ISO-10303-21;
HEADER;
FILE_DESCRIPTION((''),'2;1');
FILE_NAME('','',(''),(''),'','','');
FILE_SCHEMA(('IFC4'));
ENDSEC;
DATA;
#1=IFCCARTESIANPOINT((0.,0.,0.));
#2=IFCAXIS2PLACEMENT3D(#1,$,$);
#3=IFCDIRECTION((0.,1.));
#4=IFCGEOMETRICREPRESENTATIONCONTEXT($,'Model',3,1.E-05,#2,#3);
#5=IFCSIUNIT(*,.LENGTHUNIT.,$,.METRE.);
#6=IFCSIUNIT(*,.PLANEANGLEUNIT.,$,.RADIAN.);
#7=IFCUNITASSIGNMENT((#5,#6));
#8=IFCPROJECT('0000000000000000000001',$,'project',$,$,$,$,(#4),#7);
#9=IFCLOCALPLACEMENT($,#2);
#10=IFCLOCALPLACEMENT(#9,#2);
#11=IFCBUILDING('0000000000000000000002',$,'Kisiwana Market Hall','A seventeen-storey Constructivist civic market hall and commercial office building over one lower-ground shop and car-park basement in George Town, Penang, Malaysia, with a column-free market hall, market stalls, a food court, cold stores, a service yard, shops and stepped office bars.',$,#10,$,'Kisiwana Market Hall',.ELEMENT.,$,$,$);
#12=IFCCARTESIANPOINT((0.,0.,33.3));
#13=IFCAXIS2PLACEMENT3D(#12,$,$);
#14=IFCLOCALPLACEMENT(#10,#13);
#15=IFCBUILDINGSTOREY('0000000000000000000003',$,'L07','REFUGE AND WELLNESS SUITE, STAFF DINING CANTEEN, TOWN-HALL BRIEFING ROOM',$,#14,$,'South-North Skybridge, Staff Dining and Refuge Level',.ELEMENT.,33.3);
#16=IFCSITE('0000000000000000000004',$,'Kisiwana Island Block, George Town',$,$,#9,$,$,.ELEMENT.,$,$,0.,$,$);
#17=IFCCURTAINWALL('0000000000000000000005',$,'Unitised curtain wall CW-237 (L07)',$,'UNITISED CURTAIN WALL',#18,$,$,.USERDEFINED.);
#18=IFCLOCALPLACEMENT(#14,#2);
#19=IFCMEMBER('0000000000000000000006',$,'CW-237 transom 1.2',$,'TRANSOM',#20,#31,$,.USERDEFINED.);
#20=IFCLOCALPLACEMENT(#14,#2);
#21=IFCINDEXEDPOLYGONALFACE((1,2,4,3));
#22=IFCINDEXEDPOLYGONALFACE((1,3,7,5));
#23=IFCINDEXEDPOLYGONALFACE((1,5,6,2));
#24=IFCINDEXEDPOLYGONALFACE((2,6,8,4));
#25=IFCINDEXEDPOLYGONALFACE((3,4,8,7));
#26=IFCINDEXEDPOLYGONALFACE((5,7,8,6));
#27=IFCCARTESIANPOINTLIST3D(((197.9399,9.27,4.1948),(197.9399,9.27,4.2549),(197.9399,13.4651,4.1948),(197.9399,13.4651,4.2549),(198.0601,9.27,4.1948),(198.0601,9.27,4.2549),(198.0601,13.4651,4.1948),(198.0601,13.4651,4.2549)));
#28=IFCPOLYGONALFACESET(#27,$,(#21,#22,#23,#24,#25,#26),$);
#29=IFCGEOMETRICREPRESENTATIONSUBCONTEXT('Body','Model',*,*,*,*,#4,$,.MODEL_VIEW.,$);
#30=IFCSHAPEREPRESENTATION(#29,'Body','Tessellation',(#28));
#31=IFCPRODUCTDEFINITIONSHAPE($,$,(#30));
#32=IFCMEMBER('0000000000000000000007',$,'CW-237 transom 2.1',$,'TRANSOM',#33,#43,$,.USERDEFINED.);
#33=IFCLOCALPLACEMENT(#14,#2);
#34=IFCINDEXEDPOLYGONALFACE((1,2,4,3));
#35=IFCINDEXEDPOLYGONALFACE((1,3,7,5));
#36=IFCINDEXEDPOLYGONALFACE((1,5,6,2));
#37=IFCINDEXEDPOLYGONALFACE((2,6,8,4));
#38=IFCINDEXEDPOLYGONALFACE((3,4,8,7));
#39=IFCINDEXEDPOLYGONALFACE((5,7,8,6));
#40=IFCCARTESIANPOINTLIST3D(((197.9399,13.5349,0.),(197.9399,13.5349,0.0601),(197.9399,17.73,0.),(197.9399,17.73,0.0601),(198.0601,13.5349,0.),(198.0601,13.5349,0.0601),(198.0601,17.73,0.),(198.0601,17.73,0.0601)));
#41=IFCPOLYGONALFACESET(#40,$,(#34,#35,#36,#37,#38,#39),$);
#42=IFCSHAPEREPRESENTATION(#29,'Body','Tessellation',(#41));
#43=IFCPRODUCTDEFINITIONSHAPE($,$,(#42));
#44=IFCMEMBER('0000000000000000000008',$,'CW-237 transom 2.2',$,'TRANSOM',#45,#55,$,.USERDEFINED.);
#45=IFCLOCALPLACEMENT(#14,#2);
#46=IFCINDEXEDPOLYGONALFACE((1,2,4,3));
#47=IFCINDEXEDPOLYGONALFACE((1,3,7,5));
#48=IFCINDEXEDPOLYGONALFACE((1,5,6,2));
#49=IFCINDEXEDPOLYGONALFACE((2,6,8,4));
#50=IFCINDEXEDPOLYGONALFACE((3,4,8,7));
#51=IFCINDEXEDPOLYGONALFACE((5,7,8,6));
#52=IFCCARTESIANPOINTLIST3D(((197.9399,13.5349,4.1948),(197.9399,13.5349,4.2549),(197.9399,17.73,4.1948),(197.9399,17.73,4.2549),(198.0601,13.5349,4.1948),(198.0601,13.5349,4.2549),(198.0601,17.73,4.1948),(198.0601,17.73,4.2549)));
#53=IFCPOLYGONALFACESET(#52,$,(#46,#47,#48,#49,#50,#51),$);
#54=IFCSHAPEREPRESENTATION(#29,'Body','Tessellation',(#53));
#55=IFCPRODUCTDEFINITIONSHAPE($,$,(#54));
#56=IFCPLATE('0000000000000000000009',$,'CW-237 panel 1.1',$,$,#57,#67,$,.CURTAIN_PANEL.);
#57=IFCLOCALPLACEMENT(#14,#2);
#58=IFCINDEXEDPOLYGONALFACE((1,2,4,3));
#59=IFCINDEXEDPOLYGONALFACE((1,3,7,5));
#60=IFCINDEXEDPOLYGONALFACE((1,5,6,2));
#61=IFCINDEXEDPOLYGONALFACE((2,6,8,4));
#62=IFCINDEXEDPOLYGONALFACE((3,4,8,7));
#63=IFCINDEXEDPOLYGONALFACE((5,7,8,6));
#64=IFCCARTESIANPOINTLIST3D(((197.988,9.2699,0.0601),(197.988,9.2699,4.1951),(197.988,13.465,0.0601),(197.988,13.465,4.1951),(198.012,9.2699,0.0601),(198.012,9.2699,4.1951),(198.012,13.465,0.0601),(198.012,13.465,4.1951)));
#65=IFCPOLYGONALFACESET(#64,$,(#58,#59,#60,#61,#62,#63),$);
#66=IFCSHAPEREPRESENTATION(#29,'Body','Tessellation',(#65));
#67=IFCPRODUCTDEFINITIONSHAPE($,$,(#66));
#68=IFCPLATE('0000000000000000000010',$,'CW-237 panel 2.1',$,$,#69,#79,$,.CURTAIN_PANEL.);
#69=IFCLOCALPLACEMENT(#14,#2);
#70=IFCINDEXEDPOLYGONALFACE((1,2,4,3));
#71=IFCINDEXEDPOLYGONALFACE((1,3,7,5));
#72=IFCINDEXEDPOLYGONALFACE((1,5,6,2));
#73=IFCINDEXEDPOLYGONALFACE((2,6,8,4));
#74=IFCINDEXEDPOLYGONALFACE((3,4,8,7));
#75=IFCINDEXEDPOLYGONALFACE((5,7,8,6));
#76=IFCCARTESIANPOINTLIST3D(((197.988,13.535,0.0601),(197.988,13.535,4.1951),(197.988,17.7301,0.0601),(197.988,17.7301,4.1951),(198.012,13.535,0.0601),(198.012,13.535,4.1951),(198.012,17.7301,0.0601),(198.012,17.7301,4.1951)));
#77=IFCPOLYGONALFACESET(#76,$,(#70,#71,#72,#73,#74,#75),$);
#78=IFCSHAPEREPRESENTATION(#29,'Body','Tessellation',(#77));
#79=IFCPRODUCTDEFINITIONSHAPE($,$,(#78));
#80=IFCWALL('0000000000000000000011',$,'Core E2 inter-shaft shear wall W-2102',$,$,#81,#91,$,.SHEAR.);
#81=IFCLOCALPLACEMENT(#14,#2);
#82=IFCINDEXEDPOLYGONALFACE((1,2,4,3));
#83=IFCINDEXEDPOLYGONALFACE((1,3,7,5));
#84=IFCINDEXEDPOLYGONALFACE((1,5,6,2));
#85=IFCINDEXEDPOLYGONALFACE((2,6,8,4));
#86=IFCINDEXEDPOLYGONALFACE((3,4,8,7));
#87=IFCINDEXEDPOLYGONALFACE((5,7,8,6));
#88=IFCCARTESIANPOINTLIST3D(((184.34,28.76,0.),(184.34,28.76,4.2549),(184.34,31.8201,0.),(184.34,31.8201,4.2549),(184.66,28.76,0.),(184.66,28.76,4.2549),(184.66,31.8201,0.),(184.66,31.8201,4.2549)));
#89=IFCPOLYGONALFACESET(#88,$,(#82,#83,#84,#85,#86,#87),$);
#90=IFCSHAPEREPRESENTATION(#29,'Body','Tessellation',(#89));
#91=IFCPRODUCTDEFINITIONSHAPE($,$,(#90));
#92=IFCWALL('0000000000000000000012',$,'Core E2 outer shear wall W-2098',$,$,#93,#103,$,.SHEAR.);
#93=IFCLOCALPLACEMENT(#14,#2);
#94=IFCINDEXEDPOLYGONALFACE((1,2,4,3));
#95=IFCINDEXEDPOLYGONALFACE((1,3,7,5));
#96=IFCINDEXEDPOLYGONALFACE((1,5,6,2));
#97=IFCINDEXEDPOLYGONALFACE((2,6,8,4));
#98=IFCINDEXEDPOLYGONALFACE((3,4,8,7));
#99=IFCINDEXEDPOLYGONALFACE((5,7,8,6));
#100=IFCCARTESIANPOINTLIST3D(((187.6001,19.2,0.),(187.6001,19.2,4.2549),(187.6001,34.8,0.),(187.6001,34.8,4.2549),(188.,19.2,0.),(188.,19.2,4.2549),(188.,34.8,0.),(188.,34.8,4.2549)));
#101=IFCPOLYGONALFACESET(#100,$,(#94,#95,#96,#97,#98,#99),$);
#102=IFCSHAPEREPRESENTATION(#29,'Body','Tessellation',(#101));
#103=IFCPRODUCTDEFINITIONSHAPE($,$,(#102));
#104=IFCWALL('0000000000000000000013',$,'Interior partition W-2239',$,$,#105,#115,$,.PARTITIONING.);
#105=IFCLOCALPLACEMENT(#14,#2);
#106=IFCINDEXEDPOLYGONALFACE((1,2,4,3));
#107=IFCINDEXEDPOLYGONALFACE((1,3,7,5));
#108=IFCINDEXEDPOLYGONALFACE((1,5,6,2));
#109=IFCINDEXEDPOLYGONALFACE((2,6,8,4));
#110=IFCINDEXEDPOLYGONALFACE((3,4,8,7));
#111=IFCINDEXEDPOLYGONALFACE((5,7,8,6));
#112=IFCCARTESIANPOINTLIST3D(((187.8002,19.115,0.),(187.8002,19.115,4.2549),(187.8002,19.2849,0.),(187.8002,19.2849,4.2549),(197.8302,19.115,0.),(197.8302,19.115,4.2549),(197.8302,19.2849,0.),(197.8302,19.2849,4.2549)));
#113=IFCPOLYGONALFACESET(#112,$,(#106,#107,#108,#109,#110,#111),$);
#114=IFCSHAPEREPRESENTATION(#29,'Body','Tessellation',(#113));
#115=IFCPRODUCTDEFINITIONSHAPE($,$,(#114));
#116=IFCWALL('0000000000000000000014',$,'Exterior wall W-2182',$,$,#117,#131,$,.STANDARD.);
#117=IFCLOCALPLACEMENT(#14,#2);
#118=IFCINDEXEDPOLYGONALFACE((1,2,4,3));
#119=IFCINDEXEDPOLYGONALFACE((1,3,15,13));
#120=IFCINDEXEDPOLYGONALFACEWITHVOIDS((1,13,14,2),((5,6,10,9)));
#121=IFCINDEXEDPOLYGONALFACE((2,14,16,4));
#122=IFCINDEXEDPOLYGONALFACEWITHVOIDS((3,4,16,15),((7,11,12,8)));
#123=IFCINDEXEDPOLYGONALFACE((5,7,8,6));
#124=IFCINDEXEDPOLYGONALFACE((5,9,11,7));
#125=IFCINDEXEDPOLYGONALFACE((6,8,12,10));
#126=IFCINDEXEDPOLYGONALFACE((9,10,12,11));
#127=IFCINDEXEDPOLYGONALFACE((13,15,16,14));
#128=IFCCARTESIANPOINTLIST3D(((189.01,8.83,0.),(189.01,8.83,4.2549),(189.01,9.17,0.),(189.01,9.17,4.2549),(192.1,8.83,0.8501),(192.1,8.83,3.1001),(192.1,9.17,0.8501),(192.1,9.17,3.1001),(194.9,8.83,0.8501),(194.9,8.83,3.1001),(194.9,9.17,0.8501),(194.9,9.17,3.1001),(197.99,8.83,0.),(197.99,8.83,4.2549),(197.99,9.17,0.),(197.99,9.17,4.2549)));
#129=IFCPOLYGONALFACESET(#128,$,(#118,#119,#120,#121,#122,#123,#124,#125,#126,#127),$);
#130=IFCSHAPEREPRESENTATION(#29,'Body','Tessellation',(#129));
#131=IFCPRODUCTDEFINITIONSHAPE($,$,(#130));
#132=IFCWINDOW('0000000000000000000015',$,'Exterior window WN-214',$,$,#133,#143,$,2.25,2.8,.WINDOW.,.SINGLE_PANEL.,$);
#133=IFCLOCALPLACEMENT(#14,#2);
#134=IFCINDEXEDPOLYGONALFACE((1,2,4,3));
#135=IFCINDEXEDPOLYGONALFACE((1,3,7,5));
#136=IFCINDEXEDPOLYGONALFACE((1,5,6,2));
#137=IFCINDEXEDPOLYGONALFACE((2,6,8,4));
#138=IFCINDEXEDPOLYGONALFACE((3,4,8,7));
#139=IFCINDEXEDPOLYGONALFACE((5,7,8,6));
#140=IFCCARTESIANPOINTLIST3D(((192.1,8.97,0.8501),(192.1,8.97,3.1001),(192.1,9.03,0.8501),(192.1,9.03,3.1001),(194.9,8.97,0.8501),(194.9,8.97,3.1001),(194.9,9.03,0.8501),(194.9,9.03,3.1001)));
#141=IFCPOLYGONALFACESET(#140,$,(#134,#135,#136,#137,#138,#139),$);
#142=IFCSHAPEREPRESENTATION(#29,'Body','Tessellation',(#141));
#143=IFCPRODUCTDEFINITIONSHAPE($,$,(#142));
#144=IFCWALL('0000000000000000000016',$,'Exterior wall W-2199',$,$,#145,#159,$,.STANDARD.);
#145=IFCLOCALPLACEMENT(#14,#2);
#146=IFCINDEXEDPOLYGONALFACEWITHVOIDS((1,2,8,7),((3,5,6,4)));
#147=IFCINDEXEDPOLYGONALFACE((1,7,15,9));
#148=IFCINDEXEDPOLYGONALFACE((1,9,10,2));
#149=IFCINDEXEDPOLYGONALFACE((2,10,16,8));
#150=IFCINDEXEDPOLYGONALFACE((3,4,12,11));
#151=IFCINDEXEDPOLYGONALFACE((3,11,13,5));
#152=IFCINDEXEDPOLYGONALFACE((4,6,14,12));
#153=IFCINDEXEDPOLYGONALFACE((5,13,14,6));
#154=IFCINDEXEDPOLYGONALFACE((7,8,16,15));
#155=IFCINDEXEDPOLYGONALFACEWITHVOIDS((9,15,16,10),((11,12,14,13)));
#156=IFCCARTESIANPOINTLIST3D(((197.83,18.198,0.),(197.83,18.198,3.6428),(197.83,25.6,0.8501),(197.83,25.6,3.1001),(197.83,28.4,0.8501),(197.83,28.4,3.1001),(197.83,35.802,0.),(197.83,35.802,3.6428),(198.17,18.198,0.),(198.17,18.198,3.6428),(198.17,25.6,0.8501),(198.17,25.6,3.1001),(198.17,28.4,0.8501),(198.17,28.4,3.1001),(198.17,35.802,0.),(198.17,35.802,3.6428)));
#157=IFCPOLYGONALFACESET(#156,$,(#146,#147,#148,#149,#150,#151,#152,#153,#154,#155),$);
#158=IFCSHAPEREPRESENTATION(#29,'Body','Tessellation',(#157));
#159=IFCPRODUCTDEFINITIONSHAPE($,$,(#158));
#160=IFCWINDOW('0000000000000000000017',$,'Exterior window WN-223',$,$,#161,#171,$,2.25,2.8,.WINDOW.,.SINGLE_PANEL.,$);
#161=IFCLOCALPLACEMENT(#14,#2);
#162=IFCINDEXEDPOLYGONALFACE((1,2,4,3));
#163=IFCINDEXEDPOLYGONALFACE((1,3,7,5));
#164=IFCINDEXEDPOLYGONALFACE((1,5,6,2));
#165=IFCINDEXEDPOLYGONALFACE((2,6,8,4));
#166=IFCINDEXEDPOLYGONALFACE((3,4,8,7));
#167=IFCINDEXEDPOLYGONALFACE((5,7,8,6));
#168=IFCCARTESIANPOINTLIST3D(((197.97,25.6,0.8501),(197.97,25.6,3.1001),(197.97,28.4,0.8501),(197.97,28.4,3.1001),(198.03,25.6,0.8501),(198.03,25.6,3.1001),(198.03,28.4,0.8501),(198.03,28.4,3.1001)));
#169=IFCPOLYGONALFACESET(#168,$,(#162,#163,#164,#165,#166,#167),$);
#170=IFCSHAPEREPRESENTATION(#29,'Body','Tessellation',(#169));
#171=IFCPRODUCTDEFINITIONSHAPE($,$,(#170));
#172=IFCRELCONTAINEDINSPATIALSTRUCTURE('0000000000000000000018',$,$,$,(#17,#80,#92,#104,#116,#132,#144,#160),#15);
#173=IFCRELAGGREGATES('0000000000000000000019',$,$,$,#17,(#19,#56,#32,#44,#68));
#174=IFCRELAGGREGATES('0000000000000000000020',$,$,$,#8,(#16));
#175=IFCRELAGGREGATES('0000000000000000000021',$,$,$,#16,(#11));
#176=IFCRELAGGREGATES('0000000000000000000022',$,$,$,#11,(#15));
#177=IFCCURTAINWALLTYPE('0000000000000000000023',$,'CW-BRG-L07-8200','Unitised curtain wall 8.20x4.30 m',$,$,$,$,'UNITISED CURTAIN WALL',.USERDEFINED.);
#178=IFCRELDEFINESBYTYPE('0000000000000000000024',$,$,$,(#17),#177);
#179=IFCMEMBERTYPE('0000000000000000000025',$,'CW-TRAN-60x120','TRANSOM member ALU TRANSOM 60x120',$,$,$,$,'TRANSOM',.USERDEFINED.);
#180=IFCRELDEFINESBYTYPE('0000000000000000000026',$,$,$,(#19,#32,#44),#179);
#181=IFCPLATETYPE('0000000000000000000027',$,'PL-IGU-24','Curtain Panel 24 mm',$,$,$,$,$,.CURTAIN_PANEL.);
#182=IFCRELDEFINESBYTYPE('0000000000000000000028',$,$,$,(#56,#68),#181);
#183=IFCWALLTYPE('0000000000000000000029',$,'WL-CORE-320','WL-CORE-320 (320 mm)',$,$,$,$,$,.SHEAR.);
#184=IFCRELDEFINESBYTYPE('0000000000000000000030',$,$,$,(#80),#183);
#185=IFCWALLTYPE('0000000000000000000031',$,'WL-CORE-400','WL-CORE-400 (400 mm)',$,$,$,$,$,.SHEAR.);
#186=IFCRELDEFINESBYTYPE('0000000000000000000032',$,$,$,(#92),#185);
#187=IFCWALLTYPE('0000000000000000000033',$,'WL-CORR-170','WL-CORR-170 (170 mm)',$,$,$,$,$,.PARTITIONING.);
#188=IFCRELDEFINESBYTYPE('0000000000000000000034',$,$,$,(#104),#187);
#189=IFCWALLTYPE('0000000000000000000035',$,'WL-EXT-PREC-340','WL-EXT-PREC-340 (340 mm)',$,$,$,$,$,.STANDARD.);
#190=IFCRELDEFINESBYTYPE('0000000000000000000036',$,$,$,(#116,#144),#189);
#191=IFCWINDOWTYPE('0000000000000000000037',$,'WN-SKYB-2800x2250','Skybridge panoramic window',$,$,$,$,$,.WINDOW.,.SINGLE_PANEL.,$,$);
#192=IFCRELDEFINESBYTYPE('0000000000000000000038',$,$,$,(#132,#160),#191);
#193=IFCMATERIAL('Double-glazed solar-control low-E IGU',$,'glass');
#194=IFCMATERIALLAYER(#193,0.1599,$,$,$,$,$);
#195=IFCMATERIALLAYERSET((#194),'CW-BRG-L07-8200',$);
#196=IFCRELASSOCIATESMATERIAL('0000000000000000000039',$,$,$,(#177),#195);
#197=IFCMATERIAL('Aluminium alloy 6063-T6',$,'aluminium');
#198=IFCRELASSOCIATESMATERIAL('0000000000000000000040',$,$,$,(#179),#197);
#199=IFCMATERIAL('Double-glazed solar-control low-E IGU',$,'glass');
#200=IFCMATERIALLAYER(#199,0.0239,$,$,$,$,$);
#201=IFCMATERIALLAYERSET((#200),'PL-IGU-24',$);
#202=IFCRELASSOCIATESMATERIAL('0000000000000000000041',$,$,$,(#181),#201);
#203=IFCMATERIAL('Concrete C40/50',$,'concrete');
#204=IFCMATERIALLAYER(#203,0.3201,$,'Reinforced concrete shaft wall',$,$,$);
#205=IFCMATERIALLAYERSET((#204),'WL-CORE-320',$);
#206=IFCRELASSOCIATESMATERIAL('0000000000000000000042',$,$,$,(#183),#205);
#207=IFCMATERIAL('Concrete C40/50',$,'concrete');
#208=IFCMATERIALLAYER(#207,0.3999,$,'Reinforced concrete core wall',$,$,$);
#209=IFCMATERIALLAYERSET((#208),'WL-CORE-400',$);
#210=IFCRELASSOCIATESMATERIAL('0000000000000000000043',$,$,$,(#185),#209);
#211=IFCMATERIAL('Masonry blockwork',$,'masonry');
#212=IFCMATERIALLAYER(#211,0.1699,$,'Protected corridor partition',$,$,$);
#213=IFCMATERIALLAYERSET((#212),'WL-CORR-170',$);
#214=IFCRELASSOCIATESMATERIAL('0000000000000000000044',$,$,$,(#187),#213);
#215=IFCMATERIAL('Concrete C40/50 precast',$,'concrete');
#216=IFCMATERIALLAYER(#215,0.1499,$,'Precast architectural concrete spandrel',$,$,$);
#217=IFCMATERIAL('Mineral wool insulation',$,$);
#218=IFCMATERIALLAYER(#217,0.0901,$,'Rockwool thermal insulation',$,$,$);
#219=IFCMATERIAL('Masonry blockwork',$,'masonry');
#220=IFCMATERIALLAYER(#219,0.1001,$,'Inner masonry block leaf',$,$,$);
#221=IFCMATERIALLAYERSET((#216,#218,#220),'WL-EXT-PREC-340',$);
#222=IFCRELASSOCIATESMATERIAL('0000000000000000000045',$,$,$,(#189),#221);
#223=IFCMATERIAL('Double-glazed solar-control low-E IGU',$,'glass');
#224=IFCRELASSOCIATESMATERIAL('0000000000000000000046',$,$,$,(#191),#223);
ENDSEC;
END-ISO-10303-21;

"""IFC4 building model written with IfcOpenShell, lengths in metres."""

from ifc_helpers import new_model, si_unit, direction, frame, frame_2d, origin, origin_2d, place, context, subcontext, project, spatial, rectangle, extrude, material, layer, layer_set, material_profile, profile_set, type_object, element, fill, aggregate, save


model = new_model("IFC4")

# Units and contexts
model_context = context("Model", 3, precision=1e-05, world=origin(), true_north=direction((0.0, 1.0)))
body_context = subcontext(model_context, "Body", "Model", "MODEL_VIEW")
ifc_project = project(units=[si_unit("LENGTHUNIT", "METRE"), si_unit("PLANEANGLEUNIT", "RADIAN")], contexts=[model_context])

# Site, building, storey
site_placement = place(None, origin())
site = spatial("IfcSite", under=ifc_project, at=site_placement, Name="Kisiwana Island Block, George Town", CompositionType="ELEMENT", RefElevation=0.0)
building_placement = place(site_placement, origin())
building = spatial("IfcBuilding", under=site, at=building_placement, Name="Kisiwana Market Hall", Description="A seventeen-storey Constructivist civic market hall and commercial office building over one lower-ground shop and car-park basement in George Town, Penang, Malaysia, with a column-free market hall, market stalls, a food court, cold stores, a service yard, shops and stepped office bars.", LongName="Kisiwana Market Hall", CompositionType="ELEMENT")
storey_placement = place(building_placement, frame((0.0, 0.0, 33.3)))
storey = spatial("IfcBuildingStorey", under=building, at=storey_placement, Name="L07", Description="REFUGE AND WELLNESS SUITE, STAFF DINING CANTEEN, TOWN-HALL BRIEFING ROOM", LongName="South-North Skybridge, Staff Dining and Refuge Level", CompositionType="ELEMENT", Elevation=33.3)

# Curtain wall, members, plates
ifc_material_1 = material(Name="Double-glazed solar-control low-E IGU", Category="glass")
ifc_layer_1 = layer(ifc_material_1, 0.1599)
ifc_layer_set_1 = layer_set([ifc_layer_1], Name="CW-BRG-L07-8200")
curtain_wall_type = type_object("IfcCurtainWallType", Name="CW-BRG-L07-8200", Description="Unitised curtain wall 8.20x4.30 m", ElementType="UNITISED CURTAIN WALL", PredefinedType="USERDEFINED", material=ifc_layer_set_1)
curtain_wall_placement = place(storey_placement, origin())
curtain_wall = element("IfcCurtainWall", 1, at=curtain_wall_placement, inside=storey, type_object=curtain_wall_type, Name="Unitised curtain wall CW-237 (L07)", ObjectType="UNITISED CURTAIN WALL", PredefinedType="USERDEFINED")
ifc_material_2 = material(Name="Aluminium alloy 6063-T6", Category="aluminium")
ifc_material_profile_1 = material_profile(ifc_material_2, rectangle(XDim=0.1201, YDim=0.0601, at=origin_2d()), Name="ALU TRANSOM 60x120")
ifc_profile_set_1 = profile_set([ifc_material_profile_1], Name="Aluminium alloy 6063-T6")
member_type_1 = type_object("IfcMemberType", Name="CW-TRAN-60x120", Description="TRANSOM member ALU TRANSOM 60x120", ElementType="TRANSOM", PredefinedType="USERDEFINED", material=ifc_profile_set_1)
member_1_placement = place(storey_placement, frame((198.0, 9.27, 4.2249), z_axis=(0.0, 1.0, 0.0), x_axis=(-1.0, 0.0, 0.0)))
member_1 = element("IfcMember", 2, at=member_1_placement, type_object=member_type_1, Name="CW-237 transom 1.2", ObjectType="TRANSOM", PredefinedType="USERDEFINED", context=body_context, shape_type="SweptSolid", body=[
    extrude(rectangle(XDim=0.1201, YDim=0.0601, at=origin_2d()), origin(), (0.0, 0.0, 1.0), 4.1951),
])
member_2_placement = place(storey_placement, frame((198.0, 13.5349, 0.03), z_axis=(0.0, 1.0, 0.0), x_axis=(-1.0, 0.0, 0.0)))
member_2 = element("IfcMember", 3, at=member_2_placement, type_object=member_type_1, Name="CW-237 transom 2.1", ObjectType="TRANSOM", PredefinedType="USERDEFINED", context=body_context, shape_type="SweptSolid", body=[
    extrude(rectangle(XDim=0.1201, YDim=0.0601, at=origin_2d()), origin(), (0.0, 0.0, 1.0), 4.1951),
])
member_3_placement = place(storey_placement, frame((198.0, 13.5349, 4.2249), z_axis=(0.0, 1.0, 0.0), x_axis=(-1.0, 0.0, 0.0)))
member_3 = element("IfcMember", 4, at=member_3_placement, type_object=member_type_1, Name="CW-237 transom 2.2", ObjectType="TRANSOM", PredefinedType="USERDEFINED", context=body_context, shape_type="SweptSolid", body=[
    extrude(rectangle(XDim=0.1201, YDim=0.0601, at=origin_2d()), origin(), (0.0, 0.0, 1.0), 4.1951),
])
ifc_material_3 = material(Name="Double-glazed solar-control low-E IGU", Category="glass")
ifc_layer_2 = layer(ifc_material_3, 0.0239)
ifc_layer_set_2 = layer_set([ifc_layer_2], Name="PL-IGU-24")
plate_type = type_object("IfcPlateType", Name="PL-IGU-24", Description="Curtain Panel 24 mm", PredefinedType="CURTAIN_PANEL", material=ifc_layer_set_2)
plate_1_placement = place(storey_placement, frame((198.0, 11.3674, 0.0601), z_axis=(0.0, 0.0, 1.0), x_axis=(0.0, 1.0, 0.0)))
plate_1 = element("IfcPlate", 5, at=plate_1_placement, type_object=plate_type, Name="CW-237 panel 1.1", PredefinedType="CURTAIN_PANEL", context=body_context, shape_type="SweptSolid", body=[
    extrude(rectangle(XDim=4.1951, YDim=0.0239, at=origin_2d()), origin(), (0.0, 0.0, 1.0), 4.135),
])
plate_2_placement = place(storey_placement, frame((198.0, 15.6326, 0.0601), z_axis=(0.0, 0.0, 1.0), x_axis=(0.0, 1.0, 0.0)))
plate_2 = element("IfcPlate", 6, at=plate_2_placement, type_object=plate_type, Name="CW-237 panel 2.1", PredefinedType="CURTAIN_PANEL", context=body_context, shape_type="SweptSolid", body=[
    extrude(rectangle(XDim=4.1951, YDim=0.0239, at=origin_2d()), origin(), (0.0, 0.0, 1.0), 4.135),
])
aggregate(curtain_wall, [member_1, plate_1, member_2, member_3, plate_2])

# Walls
ifc_material_4 = material(Name="Concrete C40/50", Category="concrete")
ifc_layer_3 = layer(ifc_material_4, 0.3201, Name="Reinforced concrete shaft wall")
ifc_layer_set_3 = layer_set([ifc_layer_3], Name="WL-CORE-320")
wall_type_1 = type_object("IfcWallType", Name="WL-CORE-320", Description="WL-CORE-320 (320 mm)", PredefinedType="SHEAR", material=ifc_layer_set_3)
wall_1_placement = place(storey_placement, frame((184.5, 28.76, 0.0), z_axis=(0.0, 0.0, 1.0), x_axis=(0.0, 1.0, 0.0)))
element("IfcWall", 7, at=wall_1_placement, inside=storey, type_object=wall_type_1, Name="Core E2 inter-shaft shear wall W-2102", PredefinedType="SHEAR", context=body_context, shape_type="SweptSolid", body=[
    extrude(rectangle(XDim=3.0601, YDim=0.3201, at=frame_2d((1.53, 0.0))), origin(), (0.0, 0.0, 1.0), 4.2549),
])
ifc_material_5 = material(Name="Concrete C40/50", Category="concrete")
ifc_layer_4 = layer(ifc_material_5, 0.3999, Name="Reinforced concrete core wall")
ifc_layer_set_4 = layer_set([ifc_layer_4], Name="WL-CORE-400")
wall_type_2 = type_object("IfcWallType", Name="WL-CORE-400", Description="WL-CORE-400 (400 mm)", PredefinedType="SHEAR", material=ifc_layer_set_4)
wall_2_placement = place(storey_placement, frame((187.8, 19.2, 0.0), z_axis=(0.0, 0.0, 1.0), x_axis=(0.0, 1.0, 0.0)))
element("IfcWall", 8, at=wall_2_placement, inside=storey, type_object=wall_type_2, Name="Core E2 outer shear wall W-2098", PredefinedType="SHEAR", context=body_context, shape_type="SweptSolid", body=[
    extrude(rectangle(XDim=15.6001, YDim=0.3999, at=frame_2d((7.8, 0.0))), origin(), (0.0, 0.0, 1.0), 4.2549),
])
ifc_material_6 = material(Name="Masonry blockwork", Category="masonry")
ifc_layer_5 = layer(ifc_material_6, 0.1699, Name="Protected corridor partition")
ifc_layer_set_5 = layer_set([ifc_layer_5], Name="WL-CORR-170")
wall_type_3 = type_object("IfcWallType", Name="WL-CORR-170", Description="WL-CORR-170 (170 mm)", PredefinedType="PARTITIONING", material=ifc_layer_set_5)
wall_3_placement = place(storey_placement, frame((187.8, 19.2, 0.0), z_axis=(0.0, 0.0, 1.0), x_axis=(1.0, 0.0, 0.0)))
element("IfcWall", 9, at=wall_3_placement, inside=storey, type_object=wall_type_3, Name="Interior partition W-2239", PredefinedType="PARTITIONING", context=body_context, shape_type="SweptSolid", body=[
    extrude(rectangle(XDim=10.03, YDim=0.1699, at=frame_2d((5.0151, 0.0))), origin(), (0.0, 0.0, 1.0), 4.2549),
])

# Walls, openings, windows
ifc_material_7 = material(Name="Concrete C40/50 precast", Category="concrete")
ifc_layer_6 = layer(ifc_material_7, 0.1499, Name="Precast architectural concrete spandrel")
ifc_material_8 = material(Name="Mineral wool insulation")
ifc_layer_7 = layer(ifc_material_8, 0.0901, Name="Rockwool thermal insulation")
ifc_material_9 = material(Name="Masonry blockwork", Category="masonry")
ifc_layer_8 = layer(ifc_material_9, 0.1001, Name="Inner masonry block leaf")
ifc_layer_set_6 = layer_set([ifc_layer_6, ifc_layer_7, ifc_layer_8], Name="WL-EXT-PREC-340")
wall_type_4 = type_object("IfcWallType", Name="WL-EXT-PREC-340", Description="WL-EXT-PREC-340 (340 mm)", PredefinedType="STANDARD", material=ifc_layer_set_6)
wall_4_placement = place(storey_placement, frame((189.01, 9.0, 0.0), z_axis=(0.0, 0.0, 1.0), x_axis=(1.0, 0.0, 0.0)))
wall_4 = element("IfcWall", 10, at=wall_4_placement, inside=storey, type_object=wall_type_4, Name="Exterior wall W-2182", PredefinedType="STANDARD", context=body_context, shape_type="SweptSolid", body=[
    extrude(rectangle(XDim=8.98, YDim=0.3401, at=frame_2d((4.49, 0.0))), origin(), (0.0, 0.0, 1.0), 4.2549),
])
opening_1_placement = place(wall_4_placement, frame((3.0901, 0.0, 0.8501)))
opening_1 = element("IfcOpeningElement", 11, at=opening_1_placement, cuts=wall_4, PredefinedType="OPENING", context=body_context, shape_type="SweptSolid", body=[
    extrude(rectangle(XDim=2.8, YDim=2.25, at=frame_2d((1.3999, 1.125))), frame((0.0, 0.1821, 0.0), z_axis=(0.0, -1.0, 0.0), x_axis=(1.0, 0.0, 0.0)), (0.0, 0.0, 1.0), 0.364),
])
ifc_material_10 = material(Name="Double-glazed solar-control low-E IGU", Category="glass")
window_type = type_object("IfcWindowType", Name="WN-SKYB-2800x2250", Description="Skybridge panoramic window", PartitioningType="SINGLE_PANEL", PredefinedType="WINDOW", material=ifc_material_10)
window_1_placement = place(opening_1_placement, origin())
window_1 = element("IfcWindow", 12, at=window_1_placement, inside=storey, type_object=window_type, Name="Exterior window WN-214", OverallHeight=2.25, OverallWidth=2.8, PartitioningType="SINGLE_PANEL", PredefinedType="WINDOW", context=body_context, shape_type="SweptSolid", body=[
    extrude(rectangle(XDim=2.8, YDim=2.25, at=frame_2d((1.3999, 1.125))), frame((0.0, 0.03, 0.0), z_axis=(0.0, -1.0, 0.0), x_axis=(1.0, 0.0, 0.0)), (0.0, 0.0, 1.0), 0.0601),
])
fill(opening_1, window_1)
wall_5_placement = place(storey_placement, frame((198.0, 18.198, 0.0), z_axis=(0.0, 0.0, 1.0), x_axis=(0.0, 1.0, 0.0)))
wall_5 = element("IfcWall", 13, at=wall_5_placement, inside=storey, type_object=wall_type_4, Name="Exterior wall W-2199", PredefinedType="STANDARD", context=body_context, shape_type="SweptSolid", body=[
    extrude(rectangle(XDim=17.604, YDim=0.3401, at=frame_2d((8.802, 0.0))), origin(), (0.0, 0.0, 1.0), 3.6428),
])
opening_2_placement = place(wall_5_placement, frame((7.4021, 0.0, 0.8501)))
opening_2 = element("IfcOpeningElement", 14, at=opening_2_placement, cuts=wall_5, PredefinedType="OPENING", context=body_context, shape_type="SweptSolid", body=[
    extrude(rectangle(XDim=2.8, YDim=2.25, at=frame_2d((1.3999, 1.125))), frame((0.0, 0.1821, 0.0), z_axis=(0.0, -1.0, 0.0), x_axis=(1.0, 0.0, 0.0)), (0.0, 0.0, 1.0), 0.364),
])
window_2_placement = place(opening_2_placement, origin())
window_2 = element("IfcWindow", 15, at=window_2_placement, inside=storey, type_object=window_type, Name="Exterior window WN-223", OverallHeight=2.25, OverallWidth=2.8, PartitioningType="SINGLE_PANEL", PredefinedType="WINDOW", context=body_context, shape_type="SweptSolid", body=[
    extrude(rectangle(XDim=2.8, YDim=2.25, at=frame_2d((1.3999, 1.125))), frame((0.0, 0.03, 0.0), z_axis=(0.0, -1.0, 0.0), x_axis=(1.0, 0.0, 0.0)), (0.0, 0.0, 1.0), 0.0601),
])
fill(opening_2, window_2)

save(model, "model.ifc")
